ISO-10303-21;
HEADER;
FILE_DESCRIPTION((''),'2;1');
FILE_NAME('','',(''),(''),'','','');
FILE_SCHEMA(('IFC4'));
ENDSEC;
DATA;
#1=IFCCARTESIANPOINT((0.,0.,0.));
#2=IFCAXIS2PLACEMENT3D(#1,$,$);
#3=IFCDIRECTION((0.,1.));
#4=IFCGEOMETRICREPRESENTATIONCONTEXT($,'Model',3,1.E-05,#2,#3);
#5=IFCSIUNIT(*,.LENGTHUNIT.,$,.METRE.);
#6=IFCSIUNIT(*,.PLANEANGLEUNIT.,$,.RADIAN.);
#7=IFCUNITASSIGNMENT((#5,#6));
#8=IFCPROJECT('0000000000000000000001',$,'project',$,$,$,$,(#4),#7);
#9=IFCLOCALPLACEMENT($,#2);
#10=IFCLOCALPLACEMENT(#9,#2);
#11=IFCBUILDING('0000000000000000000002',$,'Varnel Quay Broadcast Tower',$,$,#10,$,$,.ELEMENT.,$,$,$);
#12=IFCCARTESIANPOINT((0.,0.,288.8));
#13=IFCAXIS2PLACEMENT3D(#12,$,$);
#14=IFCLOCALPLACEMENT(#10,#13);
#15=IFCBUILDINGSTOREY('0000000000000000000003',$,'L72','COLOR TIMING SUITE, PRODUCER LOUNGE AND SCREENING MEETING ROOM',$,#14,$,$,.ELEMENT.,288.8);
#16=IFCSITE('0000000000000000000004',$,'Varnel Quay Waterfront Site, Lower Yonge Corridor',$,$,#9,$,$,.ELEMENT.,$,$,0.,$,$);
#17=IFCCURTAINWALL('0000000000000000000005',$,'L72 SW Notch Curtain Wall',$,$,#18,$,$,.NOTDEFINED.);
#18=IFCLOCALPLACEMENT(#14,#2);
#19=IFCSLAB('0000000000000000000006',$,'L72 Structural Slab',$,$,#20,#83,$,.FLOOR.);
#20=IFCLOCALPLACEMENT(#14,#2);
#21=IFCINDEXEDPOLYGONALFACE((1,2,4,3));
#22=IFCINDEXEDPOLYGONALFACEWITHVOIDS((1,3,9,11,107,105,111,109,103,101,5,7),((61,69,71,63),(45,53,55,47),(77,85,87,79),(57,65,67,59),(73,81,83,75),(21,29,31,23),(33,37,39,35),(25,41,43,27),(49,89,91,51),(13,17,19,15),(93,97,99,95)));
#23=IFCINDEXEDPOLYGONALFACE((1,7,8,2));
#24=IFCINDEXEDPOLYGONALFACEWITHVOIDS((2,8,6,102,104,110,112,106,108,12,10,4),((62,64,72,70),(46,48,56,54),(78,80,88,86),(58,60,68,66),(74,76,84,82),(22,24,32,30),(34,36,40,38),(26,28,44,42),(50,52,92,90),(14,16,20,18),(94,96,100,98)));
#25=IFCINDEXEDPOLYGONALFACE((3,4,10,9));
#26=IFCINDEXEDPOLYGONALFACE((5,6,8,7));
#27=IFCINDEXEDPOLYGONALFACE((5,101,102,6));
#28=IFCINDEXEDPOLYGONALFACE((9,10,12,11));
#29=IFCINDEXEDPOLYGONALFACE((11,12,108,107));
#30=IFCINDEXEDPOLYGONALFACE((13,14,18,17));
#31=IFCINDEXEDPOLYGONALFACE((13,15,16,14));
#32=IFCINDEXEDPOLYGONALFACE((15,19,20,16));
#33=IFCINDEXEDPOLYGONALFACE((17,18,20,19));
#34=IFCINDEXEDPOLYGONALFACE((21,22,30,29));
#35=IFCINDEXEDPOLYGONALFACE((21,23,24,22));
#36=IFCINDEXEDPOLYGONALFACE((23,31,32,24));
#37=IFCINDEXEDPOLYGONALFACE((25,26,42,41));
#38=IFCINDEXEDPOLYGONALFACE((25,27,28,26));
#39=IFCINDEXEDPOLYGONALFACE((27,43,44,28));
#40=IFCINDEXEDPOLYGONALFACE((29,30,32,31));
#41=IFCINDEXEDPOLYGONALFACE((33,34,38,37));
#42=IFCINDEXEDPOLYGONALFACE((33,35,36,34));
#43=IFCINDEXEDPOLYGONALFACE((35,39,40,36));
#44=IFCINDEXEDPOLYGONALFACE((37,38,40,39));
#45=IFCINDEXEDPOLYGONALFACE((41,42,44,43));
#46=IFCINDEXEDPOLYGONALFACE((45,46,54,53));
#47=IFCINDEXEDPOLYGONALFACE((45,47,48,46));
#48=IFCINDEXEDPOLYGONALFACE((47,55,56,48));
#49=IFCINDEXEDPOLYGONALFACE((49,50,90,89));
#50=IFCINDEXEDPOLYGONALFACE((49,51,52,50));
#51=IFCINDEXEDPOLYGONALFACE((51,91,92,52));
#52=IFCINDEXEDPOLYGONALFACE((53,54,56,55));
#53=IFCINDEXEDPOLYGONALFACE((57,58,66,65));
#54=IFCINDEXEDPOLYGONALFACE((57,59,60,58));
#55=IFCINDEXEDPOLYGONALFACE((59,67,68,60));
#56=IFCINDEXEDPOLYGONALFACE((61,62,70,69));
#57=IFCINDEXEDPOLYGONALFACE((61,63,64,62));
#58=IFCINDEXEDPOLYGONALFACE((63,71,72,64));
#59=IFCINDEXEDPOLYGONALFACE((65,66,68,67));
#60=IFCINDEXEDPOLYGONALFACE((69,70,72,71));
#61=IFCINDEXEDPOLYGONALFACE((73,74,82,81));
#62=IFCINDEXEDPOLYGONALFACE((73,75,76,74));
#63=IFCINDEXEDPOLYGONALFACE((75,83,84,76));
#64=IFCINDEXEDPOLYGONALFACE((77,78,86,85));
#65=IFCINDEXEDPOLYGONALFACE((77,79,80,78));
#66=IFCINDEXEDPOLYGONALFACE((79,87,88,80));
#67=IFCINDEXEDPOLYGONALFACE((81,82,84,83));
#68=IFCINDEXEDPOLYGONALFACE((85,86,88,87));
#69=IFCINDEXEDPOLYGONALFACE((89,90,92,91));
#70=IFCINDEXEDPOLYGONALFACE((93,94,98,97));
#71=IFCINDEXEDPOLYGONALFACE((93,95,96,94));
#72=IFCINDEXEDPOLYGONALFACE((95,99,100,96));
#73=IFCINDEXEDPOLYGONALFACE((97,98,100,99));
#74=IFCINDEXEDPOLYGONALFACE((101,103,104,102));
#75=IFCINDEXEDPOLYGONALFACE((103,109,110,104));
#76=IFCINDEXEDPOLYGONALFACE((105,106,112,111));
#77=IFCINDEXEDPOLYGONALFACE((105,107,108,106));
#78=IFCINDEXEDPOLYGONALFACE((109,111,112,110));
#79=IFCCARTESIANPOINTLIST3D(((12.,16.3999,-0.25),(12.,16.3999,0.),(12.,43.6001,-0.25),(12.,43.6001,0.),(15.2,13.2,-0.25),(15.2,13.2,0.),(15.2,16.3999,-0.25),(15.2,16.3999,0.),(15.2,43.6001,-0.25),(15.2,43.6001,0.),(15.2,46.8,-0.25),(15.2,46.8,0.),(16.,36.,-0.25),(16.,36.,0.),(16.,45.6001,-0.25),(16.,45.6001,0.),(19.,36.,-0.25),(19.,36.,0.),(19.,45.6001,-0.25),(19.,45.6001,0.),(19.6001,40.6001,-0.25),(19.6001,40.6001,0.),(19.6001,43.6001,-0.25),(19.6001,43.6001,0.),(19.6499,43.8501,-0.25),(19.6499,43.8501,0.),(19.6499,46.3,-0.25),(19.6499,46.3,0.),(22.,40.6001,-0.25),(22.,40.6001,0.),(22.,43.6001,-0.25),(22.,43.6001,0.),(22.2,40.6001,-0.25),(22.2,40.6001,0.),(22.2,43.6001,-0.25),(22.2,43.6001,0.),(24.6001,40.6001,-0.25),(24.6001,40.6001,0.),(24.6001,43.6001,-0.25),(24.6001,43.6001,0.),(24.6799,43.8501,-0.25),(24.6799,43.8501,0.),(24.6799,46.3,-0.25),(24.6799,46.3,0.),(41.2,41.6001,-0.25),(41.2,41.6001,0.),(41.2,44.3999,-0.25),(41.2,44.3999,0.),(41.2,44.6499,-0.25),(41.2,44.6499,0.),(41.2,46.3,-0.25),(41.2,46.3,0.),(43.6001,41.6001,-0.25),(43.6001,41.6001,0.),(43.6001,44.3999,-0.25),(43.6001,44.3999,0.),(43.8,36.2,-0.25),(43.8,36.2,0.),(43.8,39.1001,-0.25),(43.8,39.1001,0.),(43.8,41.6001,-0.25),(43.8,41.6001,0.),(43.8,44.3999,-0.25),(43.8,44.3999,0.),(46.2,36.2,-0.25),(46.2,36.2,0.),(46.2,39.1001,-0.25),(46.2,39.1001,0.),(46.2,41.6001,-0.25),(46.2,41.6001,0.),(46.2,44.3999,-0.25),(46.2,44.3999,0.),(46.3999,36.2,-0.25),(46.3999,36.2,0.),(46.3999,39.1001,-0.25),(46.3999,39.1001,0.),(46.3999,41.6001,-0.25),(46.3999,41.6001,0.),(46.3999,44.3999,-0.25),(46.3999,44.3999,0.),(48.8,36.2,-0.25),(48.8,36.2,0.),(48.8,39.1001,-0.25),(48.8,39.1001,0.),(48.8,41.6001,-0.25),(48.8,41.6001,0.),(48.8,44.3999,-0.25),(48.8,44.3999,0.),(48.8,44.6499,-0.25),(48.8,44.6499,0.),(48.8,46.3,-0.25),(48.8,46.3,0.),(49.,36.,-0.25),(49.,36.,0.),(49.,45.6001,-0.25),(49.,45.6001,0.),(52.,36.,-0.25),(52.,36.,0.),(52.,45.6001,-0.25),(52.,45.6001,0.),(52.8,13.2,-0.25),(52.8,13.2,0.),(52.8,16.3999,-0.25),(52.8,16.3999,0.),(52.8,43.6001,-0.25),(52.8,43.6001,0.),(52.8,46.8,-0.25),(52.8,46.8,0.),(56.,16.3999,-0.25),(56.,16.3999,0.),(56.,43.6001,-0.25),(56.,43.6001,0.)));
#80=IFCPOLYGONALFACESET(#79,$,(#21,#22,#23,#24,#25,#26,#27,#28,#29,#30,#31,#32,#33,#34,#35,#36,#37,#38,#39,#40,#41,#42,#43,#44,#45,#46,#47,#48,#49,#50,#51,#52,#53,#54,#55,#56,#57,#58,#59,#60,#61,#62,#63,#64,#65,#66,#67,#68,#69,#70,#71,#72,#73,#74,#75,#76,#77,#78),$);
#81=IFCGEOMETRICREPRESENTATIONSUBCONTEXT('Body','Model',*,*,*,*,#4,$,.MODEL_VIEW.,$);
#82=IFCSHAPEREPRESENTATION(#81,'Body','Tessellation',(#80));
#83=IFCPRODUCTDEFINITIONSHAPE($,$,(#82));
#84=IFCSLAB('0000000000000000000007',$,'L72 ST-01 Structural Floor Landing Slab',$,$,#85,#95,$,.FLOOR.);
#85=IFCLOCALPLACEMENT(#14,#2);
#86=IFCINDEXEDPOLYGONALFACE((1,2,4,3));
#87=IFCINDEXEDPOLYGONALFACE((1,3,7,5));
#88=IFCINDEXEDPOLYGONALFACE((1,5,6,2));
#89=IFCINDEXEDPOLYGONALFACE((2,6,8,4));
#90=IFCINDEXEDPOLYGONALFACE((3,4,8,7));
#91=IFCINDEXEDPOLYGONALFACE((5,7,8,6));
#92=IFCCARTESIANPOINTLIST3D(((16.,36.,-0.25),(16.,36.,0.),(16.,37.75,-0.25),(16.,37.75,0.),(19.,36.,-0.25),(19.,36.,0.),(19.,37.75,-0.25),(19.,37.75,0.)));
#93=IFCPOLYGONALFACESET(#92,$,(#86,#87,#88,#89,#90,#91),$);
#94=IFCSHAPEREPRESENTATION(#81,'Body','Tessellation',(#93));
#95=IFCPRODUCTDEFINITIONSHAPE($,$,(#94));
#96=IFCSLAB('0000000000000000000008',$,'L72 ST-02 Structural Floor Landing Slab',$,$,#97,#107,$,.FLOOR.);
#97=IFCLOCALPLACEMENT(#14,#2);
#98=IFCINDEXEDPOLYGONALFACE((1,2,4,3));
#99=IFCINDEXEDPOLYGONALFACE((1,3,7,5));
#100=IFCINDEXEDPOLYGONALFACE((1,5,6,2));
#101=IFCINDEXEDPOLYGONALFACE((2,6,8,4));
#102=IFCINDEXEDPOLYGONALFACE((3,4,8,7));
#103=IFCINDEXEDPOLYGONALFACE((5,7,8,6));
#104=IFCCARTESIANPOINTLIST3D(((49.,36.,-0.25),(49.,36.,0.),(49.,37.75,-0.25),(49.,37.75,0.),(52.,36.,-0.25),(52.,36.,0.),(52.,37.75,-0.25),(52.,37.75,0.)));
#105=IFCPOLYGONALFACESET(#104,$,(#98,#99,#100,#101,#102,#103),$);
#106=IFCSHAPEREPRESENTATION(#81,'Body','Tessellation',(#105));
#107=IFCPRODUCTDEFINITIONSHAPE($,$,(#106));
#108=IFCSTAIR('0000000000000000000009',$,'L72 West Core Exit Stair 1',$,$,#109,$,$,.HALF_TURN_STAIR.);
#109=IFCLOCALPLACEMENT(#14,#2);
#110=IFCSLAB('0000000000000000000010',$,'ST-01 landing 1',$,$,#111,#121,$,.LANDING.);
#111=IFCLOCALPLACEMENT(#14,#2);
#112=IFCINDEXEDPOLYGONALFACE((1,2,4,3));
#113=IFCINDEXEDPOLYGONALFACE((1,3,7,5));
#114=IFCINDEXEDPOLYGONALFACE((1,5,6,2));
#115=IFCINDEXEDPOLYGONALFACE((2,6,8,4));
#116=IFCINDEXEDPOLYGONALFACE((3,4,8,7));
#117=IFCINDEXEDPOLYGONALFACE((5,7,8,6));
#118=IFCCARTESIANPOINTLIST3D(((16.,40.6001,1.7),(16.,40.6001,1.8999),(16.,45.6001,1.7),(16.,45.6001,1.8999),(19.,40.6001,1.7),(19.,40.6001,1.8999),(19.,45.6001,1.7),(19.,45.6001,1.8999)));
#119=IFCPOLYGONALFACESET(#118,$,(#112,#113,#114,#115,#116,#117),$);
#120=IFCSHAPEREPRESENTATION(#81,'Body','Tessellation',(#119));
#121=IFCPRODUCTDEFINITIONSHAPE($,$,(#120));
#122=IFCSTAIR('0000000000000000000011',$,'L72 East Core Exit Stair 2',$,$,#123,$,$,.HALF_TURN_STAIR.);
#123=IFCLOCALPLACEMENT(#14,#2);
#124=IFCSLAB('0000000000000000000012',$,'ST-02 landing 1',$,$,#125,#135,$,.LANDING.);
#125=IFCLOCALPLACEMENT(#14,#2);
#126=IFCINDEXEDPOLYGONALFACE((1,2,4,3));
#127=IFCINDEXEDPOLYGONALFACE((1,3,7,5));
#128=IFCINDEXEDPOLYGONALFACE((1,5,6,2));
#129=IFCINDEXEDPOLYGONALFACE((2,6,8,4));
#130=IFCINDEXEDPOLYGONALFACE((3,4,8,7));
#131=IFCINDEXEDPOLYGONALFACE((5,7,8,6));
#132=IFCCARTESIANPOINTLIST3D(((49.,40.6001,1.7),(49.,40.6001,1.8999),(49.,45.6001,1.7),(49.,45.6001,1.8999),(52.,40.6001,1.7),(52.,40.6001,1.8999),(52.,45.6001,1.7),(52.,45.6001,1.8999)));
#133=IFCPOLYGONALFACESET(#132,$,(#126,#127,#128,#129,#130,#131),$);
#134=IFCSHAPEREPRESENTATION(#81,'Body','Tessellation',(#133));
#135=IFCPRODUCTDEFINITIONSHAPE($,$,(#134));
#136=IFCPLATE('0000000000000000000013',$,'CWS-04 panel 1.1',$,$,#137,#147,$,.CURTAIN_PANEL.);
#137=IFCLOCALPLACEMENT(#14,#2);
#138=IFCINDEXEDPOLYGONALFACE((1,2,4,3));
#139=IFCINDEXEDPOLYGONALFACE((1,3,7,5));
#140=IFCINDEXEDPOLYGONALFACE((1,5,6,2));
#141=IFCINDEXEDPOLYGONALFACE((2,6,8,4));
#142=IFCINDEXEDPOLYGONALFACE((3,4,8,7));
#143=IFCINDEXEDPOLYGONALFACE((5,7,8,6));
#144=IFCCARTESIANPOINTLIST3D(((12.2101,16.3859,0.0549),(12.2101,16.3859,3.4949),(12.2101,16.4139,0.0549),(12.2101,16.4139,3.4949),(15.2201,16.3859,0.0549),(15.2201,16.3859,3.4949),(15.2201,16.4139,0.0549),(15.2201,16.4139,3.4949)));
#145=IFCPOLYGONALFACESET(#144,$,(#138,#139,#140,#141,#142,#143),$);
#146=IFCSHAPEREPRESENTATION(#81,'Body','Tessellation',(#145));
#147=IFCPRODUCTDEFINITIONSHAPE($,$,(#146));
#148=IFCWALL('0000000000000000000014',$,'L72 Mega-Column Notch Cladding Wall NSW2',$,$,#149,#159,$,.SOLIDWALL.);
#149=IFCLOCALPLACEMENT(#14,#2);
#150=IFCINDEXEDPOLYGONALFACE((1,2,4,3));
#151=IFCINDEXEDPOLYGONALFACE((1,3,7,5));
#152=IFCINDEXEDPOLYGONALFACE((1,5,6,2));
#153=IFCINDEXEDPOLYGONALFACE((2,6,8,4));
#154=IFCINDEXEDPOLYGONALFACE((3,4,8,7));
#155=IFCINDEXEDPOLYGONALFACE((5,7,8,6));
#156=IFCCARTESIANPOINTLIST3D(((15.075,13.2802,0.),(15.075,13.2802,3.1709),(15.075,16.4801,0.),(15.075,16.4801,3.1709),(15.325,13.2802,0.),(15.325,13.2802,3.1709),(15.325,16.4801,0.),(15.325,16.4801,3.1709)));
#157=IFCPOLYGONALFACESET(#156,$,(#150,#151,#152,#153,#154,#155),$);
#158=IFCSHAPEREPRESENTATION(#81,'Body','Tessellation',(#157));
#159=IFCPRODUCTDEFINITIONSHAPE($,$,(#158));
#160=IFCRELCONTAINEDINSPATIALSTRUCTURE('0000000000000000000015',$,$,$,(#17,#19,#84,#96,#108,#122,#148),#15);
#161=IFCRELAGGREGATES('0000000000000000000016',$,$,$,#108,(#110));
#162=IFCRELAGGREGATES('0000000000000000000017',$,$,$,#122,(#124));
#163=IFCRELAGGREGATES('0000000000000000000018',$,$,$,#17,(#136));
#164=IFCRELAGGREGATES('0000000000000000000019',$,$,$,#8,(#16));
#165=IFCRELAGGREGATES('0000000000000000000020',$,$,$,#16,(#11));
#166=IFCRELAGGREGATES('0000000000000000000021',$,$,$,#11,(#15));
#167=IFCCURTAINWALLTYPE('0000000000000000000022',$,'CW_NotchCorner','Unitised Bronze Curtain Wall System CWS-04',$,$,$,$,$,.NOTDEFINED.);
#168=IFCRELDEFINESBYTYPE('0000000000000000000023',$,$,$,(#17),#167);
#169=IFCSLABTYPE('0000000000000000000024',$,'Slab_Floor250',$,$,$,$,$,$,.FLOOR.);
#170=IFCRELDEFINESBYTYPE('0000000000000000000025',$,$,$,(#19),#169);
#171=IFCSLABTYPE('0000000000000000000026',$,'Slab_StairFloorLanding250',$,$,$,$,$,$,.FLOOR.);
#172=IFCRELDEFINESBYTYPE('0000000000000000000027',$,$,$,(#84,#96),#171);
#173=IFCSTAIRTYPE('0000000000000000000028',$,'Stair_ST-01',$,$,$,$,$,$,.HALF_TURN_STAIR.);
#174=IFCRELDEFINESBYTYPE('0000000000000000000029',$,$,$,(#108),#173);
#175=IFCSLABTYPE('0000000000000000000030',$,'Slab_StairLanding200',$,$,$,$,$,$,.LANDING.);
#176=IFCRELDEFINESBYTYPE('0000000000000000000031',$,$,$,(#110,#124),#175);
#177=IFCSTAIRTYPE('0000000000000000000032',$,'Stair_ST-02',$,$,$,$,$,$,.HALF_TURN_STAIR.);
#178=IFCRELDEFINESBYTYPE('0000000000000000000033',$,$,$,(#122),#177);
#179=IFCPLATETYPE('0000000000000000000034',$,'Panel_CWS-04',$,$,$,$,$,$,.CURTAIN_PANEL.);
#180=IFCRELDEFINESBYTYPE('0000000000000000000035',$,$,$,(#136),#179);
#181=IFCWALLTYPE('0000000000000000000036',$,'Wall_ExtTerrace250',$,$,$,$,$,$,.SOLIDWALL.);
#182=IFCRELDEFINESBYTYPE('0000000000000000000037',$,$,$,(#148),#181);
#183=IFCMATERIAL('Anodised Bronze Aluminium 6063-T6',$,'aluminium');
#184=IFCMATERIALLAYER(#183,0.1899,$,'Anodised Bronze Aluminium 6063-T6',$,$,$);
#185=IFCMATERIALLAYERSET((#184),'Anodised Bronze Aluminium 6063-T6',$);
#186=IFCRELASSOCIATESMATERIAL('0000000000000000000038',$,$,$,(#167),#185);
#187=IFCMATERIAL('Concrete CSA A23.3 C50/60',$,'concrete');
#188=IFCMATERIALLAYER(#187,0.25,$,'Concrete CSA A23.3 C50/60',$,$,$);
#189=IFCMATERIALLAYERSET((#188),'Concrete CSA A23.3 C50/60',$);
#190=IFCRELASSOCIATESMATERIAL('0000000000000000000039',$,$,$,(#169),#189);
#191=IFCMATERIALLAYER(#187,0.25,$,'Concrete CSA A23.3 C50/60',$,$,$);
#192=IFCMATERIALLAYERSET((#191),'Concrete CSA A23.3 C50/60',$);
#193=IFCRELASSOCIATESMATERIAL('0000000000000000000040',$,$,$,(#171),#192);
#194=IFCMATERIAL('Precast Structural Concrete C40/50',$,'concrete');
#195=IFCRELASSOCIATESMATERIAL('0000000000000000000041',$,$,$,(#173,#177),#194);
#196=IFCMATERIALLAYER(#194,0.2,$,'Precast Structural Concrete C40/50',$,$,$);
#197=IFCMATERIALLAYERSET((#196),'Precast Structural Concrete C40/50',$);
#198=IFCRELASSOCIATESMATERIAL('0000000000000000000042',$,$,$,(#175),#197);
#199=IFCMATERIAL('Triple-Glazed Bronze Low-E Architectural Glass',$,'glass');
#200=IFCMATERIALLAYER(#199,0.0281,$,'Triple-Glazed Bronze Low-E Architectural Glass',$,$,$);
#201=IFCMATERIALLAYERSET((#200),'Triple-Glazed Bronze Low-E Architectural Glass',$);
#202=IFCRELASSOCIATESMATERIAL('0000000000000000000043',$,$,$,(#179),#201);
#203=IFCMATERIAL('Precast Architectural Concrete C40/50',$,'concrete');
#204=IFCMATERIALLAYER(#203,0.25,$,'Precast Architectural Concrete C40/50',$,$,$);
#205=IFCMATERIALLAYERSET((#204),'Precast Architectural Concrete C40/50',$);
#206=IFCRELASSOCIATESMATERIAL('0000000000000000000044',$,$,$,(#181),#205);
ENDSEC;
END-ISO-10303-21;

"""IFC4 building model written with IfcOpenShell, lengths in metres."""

from ifc_helpers import new_model, si_unit, direction, frame, frame_2d, origin, origin_2d, place, context, subcontext, project, spatial, polyline, rectangle, outline, extrude, source, transform, mapped, material, layer, layer_set, type_object, type_shapes, element, aggregate, save


model = new_model("IFC4")

# Units and contexts
model_context = context("Model", 3, precision=1e-05, world=origin(), true_north=direction((0.0, 1.0)))
body_context = subcontext(model_context, "Body", "Model", "MODEL_VIEW")
ifc_project = project(units=[si_unit("LENGTHUNIT", "METRE"), si_unit("PLANEANGLEUNIT", "RADIAN")], contexts=[model_context])

# Site, building, storey
site_placement = place(None, origin())
site = spatial("IfcSite", under=ifc_project, at=site_placement, Name="Varnel Quay Waterfront Site, Lower Yonge Corridor", CompositionType="ELEMENT", RefElevation=0.0)
building_placement = place(site_placement, origin())
building = spatial("IfcBuilding", under=site, at=building_placement, Name="Varnel Quay Broadcast Tower", CompositionType="ELEMENT")
storey_placement = place(building_placement, frame((0.0, 0.0, 288.8)))
storey = spatial("IfcBuildingStorey", under=building, at=storey_placement, Name="L72", Description="COLOR TIMING SUITE, PRODUCER LOUNGE AND SCREENING MEETING ROOM", CompositionType="ELEMENT", Elevation=288.8)

# Curtain wall
ifc_material_1 = material(Name="Anodised Bronze Aluminium 6063-T6", Category="aluminium")
ifc_layer_1 = layer(ifc_material_1, 0.1899, Name="Anodised Bronze Aluminium 6063-T6")
ifc_layer_set_1 = layer_set([ifc_layer_1], Name="Anodised Bronze Aluminium 6063-T6")
curtain_wall_type_1 = type_object("IfcCurtainWallType", Name="CW_NotchCorner", Description="Unitised Bronze Curtain Wall System CWS-04", PredefinedType="NOTDEFINED", material=ifc_layer_set_1)
curtain_wall_1_placement = place(storey_placement, origin())
curtain_wall_1 = element("IfcCurtainWall", 1, at=curtain_wall_1_placement, inside=storey, type_object=curtain_wall_type_1, Name="L72 SW Notch Curtain Wall", PredefinedType="NOTDEFINED")

# Slabs
ifc_material_2 = material(Name="Concrete CSA A23.3 C50/60", Category="concrete")
ifc_layer_2 = layer(ifc_material_2, 0.25, Name="Concrete CSA A23.3 C50/60")
ifc_layer_set_2 = layer_set([ifc_layer_2], Name="Concrete CSA A23.3 C50/60")
slab_type_1 = type_object("IfcSlabType", Name="Slab_Floor250", PredefinedType="FLOOR", material=ifc_layer_set_2)
slab_1_placement = place(storey_placement, frame((0.0, 0.0, -0.25)))
element("IfcSlab", 2, at=slab_1_placement, inside=storey, type_object=slab_type_1, Name="L72 Structural Slab", PredefinedType="FLOOR", context=body_context, shape_type="SweptSolid", body=[
    extrude(outline(polyline([(15.2, 13.2), (52.8, 13.2), (52.8, 16.3999), (56.0, 16.3999), (56.0, 43.6001), (52.8, 43.6001), (52.8, 46.8), (15.2, 46.8), (15.2, 43.6001), (12.0, 43.6001), (12.0, 16.3999), (15.2, 16.3999), (15.2, 13.2)]), holes=[polyline([(19.0, 36.0), (16.0, 36.0), (16.0, 45.6001), (19.0, 45.6001), (19.0, 36.0)]), polyline([(19.6001, 40.6001), (19.6001, 43.6001), (22.0, 43.6001), (22.0, 40.6001), (19.6001, 40.6001)]), polyline([(22.2, 40.6001), (22.2, 43.6001), (24.6001, 43.6001), (24.6001, 40.6001), (22.2, 40.6001)]), polyline([(41.2, 44.3999), (43.6001, 44.3999), (43.6001, 41.6001), (41.2, 41.6001), (41.2, 44.3999)]), polyline([(43.8, 44.3999), (46.2, 44.3999), (46.2, 41.6001), (43.8, 41.6001), (43.8, 44.3999)]), polyline([(19.6499, 43.8501), (19.6499, 46.3), (24.6799, 46.3), (24.6799, 43.8501), (19.6499, 43.8501)]), polyline([(43.8, 39.1001), (46.2, 39.1001), (46.2, 36.2), (43.8, 36.2), (43.8, 39.1001)]), polyline([(46.3999, 39.1001), (48.8, 39.1001), (48.8, 36.2), (46.3999, 36.2), (46.3999, 39.1001)]), polyline([(52.0, 36.0), (49.0, 36.0), (49.0, 45.6001), (52.0, 45.6001), (52.0, 36.0)]), polyline([(46.3999, 44.3999), (48.8, 44.3999), (48.8, 41.6001), (46.3999, 41.6001), (46.3999, 44.3999)]), polyline([(41.2, 46.3), (48.8, 46.3), (48.8, 44.6499), (41.2, 44.6499), (41.2, 46.3)])]), origin(), (0.0, 0.0, 1.0), 0.25),
])
ifc_layer_3 = layer(ifc_material_2, 0.25, Name="Concrete CSA A23.3 C50/60")
ifc_layer_set_3 = layer_set([ifc_layer_3], Name="Concrete CSA A23.3 C50/60")
slab_type_2 = type_object("IfcSlabType", Name="Slab_StairFloorLanding250", PredefinedType="FLOOR", material=ifc_layer_set_3)
slab_2_placement = place(storey_placement, frame((0.0, 0.0, -0.25)))
element("IfcSlab", 3, at=slab_2_placement, inside=storey, type_object=slab_type_2, Name="L72 ST-01 Structural Floor Landing Slab", PredefinedType="FLOOR", context=body_context, shape_type="SweptSolid", body=[
    extrude(outline(polyline([(19.0, 36.0), (19.0, 37.75), (16.0, 37.75), (16.0, 36.0), (19.0, 36.0)])), origin(), (0.0, 0.0, 1.0), 0.25),
])
slab_3_placement = place(storey_placement, frame((0.0, 0.0, -0.25)))
element("IfcSlab", 4, at=slab_3_placement, inside=storey, type_object=slab_type_2, Name="L72 ST-02 Structural Floor Landing Slab", PredefinedType="FLOOR", context=body_context, shape_type="SweptSolid", body=[
    extrude(outline(polyline([(52.0, 36.0), (52.0, 37.75), (49.0, 37.75), (49.0, 36.0), (52.0, 36.0)])), origin(), (0.0, 0.0, 1.0), 0.25),
])

# Stairs, slabs
ifc_material_3 = material(Name="Precast Structural Concrete C40/50", Category="concrete")
stair_type_1 = type_object("IfcStairType", Name="Stair_ST-01", PredefinedType="HALF_TURN_STAIR", material=ifc_material_3)
stair_1_placement = place(storey_placement, origin())
stair_1 = element("IfcStair", 5, at=stair_1_placement, inside=storey, type_object=stair_type_1, Name="L72 West Core Exit Stair 1", PredefinedType="HALF_TURN_STAIR")
ifc_layer_4 = layer(ifc_material_3, 0.2, Name="Precast Structural Concrete C40/50")
ifc_layer_set_4 = layer_set([ifc_layer_4], Name="Precast Structural Concrete C40/50")
slab_type_3 = type_object("IfcSlabType", Name="Slab_StairLanding200", PredefinedType="LANDING", material=ifc_layer_set_4)
slab_4_placement = place(storey_placement, frame((0.0, 0.0, 1.7)))
slab_4 = element("IfcSlab", 6, at=slab_4_placement, type_object=slab_type_3, Name="ST-01 landing 1", PredefinedType="LANDING", context=body_context, shape_type="SweptSolid", body=[
    extrude(outline(polyline([(19.0, 40.6001), (19.0, 45.6001), (16.0, 45.6001), (16.0, 40.6001), (19.0, 40.6001)])), origin(), (0.0, 0.0, 1.0), 0.2),
])
aggregate(stair_1, [slab_4])
stair_type_2 = type_object("IfcStairType", Name="Stair_ST-02", PredefinedType="HALF_TURN_STAIR", material=ifc_material_3)
stair_2_placement = place(storey_placement, origin())
stair_2 = element("IfcStair", 7, at=stair_2_placement, inside=storey, type_object=stair_type_2, Name="L72 East Core Exit Stair 2", PredefinedType="HALF_TURN_STAIR")
slab_5_placement = place(storey_placement, frame((0.0, 0.0, 1.7)))
slab_5 = element("IfcSlab", 8, at=slab_5_placement, type_object=slab_type_3, Name="ST-02 landing 1", PredefinedType="LANDING", context=body_context, shape_type="SweptSolid", body=[
    extrude(outline(polyline([(52.0, 40.6001), (52.0, 45.6001), (49.0, 45.6001), (49.0, 40.6001), (52.0, 40.6001)])), origin(), (0.0, 0.0, 1.0), 0.2),
])
aggregate(stair_2, [slab_5])

# Plate
ifc_material_4 = material(Name="Triple-Glazed Bronze Low-E Architectural Glass", Category="glass")
ifc_layer_5 = layer(ifc_material_4, 0.0281, Name="Triple-Glazed Bronze Low-E Architectural Glass")
ifc_layer_set_5 = layer_set([ifc_layer_5], Name="Triple-Glazed Bronze Low-E Architectural Glass")
plate_type = type_object("IfcPlateType", Name="Panel_CWS-04", PredefinedType="CURTAIN_PANEL", material=ifc_layer_set_5)
shared_shape_1 = source(origin(), body_context, "Body", "SweptSolid", [
    extrude(rectangle(XDim=3.01, YDim=0.0281, at=origin_2d()), origin(), (0.0, 0.0, 1.0), 3.4399),
])
type_shapes(plate_type, [shared_shape_1])
plate_placement = place(storey_placement, frame((13.7151, 16.3999, 0.0549), z_axis=(0.0, 0.0, 1.0), x_axis=(1.0, 0.0, 0.0)))
plate = element("IfcPlate", 9, at=plate_placement, type_object=plate_type, Name="CWS-04 panel 1.1", PredefinedType="CURTAIN_PANEL", context=body_context, shape_type="MappedRepresentation", body=[
    mapped(shared_shape_1, transform((0.0, 0.0, 0.0), x_axis=(1.0, 0.0, 0.0), y_axis=(0.0, 1.0, 0.0), z_axis=(0.0, 0.0, 1.0), scale=1.0)),
])
aggregate(curtain_wall_1, [plate])

# Wall
ifc_material_5 = material(Name="Precast Architectural Concrete C40/50", Category="concrete")
ifc_layer_6 = layer(ifc_material_5, 0.25, Name="Precast Architectural Concrete C40/50")
ifc_layer_set_6 = layer_set([ifc_layer_6], Name="Precast Architectural Concrete C40/50")
wall_type_1 = type_object("IfcWallType", Name="Wall_ExtTerrace250", PredefinedType="SOLIDWALL", material=ifc_layer_set_6)
wall_1_placement = place(storey_placement, frame((15.2, 13.28, 0.0), z_axis=(0.0, 0.0, 1.0), x_axis=(0.0, 1.0, 0.0)))
element("IfcWall", 10, at=wall_1_placement, inside=storey, type_object=wall_type_1, Name="L72 Mega-Column Notch Cladding Wall NSW2", PredefinedType="SOLIDWALL", context=body_context, shape_type="SweptSolid", body=[
    extrude(rectangle(XDim=3.2, YDim=0.25, at=frame_2d((1.6001, 0.0))), origin(), (0.0, 0.0, 1.0), 3.1709),
])

save(model, "model.ifc")
